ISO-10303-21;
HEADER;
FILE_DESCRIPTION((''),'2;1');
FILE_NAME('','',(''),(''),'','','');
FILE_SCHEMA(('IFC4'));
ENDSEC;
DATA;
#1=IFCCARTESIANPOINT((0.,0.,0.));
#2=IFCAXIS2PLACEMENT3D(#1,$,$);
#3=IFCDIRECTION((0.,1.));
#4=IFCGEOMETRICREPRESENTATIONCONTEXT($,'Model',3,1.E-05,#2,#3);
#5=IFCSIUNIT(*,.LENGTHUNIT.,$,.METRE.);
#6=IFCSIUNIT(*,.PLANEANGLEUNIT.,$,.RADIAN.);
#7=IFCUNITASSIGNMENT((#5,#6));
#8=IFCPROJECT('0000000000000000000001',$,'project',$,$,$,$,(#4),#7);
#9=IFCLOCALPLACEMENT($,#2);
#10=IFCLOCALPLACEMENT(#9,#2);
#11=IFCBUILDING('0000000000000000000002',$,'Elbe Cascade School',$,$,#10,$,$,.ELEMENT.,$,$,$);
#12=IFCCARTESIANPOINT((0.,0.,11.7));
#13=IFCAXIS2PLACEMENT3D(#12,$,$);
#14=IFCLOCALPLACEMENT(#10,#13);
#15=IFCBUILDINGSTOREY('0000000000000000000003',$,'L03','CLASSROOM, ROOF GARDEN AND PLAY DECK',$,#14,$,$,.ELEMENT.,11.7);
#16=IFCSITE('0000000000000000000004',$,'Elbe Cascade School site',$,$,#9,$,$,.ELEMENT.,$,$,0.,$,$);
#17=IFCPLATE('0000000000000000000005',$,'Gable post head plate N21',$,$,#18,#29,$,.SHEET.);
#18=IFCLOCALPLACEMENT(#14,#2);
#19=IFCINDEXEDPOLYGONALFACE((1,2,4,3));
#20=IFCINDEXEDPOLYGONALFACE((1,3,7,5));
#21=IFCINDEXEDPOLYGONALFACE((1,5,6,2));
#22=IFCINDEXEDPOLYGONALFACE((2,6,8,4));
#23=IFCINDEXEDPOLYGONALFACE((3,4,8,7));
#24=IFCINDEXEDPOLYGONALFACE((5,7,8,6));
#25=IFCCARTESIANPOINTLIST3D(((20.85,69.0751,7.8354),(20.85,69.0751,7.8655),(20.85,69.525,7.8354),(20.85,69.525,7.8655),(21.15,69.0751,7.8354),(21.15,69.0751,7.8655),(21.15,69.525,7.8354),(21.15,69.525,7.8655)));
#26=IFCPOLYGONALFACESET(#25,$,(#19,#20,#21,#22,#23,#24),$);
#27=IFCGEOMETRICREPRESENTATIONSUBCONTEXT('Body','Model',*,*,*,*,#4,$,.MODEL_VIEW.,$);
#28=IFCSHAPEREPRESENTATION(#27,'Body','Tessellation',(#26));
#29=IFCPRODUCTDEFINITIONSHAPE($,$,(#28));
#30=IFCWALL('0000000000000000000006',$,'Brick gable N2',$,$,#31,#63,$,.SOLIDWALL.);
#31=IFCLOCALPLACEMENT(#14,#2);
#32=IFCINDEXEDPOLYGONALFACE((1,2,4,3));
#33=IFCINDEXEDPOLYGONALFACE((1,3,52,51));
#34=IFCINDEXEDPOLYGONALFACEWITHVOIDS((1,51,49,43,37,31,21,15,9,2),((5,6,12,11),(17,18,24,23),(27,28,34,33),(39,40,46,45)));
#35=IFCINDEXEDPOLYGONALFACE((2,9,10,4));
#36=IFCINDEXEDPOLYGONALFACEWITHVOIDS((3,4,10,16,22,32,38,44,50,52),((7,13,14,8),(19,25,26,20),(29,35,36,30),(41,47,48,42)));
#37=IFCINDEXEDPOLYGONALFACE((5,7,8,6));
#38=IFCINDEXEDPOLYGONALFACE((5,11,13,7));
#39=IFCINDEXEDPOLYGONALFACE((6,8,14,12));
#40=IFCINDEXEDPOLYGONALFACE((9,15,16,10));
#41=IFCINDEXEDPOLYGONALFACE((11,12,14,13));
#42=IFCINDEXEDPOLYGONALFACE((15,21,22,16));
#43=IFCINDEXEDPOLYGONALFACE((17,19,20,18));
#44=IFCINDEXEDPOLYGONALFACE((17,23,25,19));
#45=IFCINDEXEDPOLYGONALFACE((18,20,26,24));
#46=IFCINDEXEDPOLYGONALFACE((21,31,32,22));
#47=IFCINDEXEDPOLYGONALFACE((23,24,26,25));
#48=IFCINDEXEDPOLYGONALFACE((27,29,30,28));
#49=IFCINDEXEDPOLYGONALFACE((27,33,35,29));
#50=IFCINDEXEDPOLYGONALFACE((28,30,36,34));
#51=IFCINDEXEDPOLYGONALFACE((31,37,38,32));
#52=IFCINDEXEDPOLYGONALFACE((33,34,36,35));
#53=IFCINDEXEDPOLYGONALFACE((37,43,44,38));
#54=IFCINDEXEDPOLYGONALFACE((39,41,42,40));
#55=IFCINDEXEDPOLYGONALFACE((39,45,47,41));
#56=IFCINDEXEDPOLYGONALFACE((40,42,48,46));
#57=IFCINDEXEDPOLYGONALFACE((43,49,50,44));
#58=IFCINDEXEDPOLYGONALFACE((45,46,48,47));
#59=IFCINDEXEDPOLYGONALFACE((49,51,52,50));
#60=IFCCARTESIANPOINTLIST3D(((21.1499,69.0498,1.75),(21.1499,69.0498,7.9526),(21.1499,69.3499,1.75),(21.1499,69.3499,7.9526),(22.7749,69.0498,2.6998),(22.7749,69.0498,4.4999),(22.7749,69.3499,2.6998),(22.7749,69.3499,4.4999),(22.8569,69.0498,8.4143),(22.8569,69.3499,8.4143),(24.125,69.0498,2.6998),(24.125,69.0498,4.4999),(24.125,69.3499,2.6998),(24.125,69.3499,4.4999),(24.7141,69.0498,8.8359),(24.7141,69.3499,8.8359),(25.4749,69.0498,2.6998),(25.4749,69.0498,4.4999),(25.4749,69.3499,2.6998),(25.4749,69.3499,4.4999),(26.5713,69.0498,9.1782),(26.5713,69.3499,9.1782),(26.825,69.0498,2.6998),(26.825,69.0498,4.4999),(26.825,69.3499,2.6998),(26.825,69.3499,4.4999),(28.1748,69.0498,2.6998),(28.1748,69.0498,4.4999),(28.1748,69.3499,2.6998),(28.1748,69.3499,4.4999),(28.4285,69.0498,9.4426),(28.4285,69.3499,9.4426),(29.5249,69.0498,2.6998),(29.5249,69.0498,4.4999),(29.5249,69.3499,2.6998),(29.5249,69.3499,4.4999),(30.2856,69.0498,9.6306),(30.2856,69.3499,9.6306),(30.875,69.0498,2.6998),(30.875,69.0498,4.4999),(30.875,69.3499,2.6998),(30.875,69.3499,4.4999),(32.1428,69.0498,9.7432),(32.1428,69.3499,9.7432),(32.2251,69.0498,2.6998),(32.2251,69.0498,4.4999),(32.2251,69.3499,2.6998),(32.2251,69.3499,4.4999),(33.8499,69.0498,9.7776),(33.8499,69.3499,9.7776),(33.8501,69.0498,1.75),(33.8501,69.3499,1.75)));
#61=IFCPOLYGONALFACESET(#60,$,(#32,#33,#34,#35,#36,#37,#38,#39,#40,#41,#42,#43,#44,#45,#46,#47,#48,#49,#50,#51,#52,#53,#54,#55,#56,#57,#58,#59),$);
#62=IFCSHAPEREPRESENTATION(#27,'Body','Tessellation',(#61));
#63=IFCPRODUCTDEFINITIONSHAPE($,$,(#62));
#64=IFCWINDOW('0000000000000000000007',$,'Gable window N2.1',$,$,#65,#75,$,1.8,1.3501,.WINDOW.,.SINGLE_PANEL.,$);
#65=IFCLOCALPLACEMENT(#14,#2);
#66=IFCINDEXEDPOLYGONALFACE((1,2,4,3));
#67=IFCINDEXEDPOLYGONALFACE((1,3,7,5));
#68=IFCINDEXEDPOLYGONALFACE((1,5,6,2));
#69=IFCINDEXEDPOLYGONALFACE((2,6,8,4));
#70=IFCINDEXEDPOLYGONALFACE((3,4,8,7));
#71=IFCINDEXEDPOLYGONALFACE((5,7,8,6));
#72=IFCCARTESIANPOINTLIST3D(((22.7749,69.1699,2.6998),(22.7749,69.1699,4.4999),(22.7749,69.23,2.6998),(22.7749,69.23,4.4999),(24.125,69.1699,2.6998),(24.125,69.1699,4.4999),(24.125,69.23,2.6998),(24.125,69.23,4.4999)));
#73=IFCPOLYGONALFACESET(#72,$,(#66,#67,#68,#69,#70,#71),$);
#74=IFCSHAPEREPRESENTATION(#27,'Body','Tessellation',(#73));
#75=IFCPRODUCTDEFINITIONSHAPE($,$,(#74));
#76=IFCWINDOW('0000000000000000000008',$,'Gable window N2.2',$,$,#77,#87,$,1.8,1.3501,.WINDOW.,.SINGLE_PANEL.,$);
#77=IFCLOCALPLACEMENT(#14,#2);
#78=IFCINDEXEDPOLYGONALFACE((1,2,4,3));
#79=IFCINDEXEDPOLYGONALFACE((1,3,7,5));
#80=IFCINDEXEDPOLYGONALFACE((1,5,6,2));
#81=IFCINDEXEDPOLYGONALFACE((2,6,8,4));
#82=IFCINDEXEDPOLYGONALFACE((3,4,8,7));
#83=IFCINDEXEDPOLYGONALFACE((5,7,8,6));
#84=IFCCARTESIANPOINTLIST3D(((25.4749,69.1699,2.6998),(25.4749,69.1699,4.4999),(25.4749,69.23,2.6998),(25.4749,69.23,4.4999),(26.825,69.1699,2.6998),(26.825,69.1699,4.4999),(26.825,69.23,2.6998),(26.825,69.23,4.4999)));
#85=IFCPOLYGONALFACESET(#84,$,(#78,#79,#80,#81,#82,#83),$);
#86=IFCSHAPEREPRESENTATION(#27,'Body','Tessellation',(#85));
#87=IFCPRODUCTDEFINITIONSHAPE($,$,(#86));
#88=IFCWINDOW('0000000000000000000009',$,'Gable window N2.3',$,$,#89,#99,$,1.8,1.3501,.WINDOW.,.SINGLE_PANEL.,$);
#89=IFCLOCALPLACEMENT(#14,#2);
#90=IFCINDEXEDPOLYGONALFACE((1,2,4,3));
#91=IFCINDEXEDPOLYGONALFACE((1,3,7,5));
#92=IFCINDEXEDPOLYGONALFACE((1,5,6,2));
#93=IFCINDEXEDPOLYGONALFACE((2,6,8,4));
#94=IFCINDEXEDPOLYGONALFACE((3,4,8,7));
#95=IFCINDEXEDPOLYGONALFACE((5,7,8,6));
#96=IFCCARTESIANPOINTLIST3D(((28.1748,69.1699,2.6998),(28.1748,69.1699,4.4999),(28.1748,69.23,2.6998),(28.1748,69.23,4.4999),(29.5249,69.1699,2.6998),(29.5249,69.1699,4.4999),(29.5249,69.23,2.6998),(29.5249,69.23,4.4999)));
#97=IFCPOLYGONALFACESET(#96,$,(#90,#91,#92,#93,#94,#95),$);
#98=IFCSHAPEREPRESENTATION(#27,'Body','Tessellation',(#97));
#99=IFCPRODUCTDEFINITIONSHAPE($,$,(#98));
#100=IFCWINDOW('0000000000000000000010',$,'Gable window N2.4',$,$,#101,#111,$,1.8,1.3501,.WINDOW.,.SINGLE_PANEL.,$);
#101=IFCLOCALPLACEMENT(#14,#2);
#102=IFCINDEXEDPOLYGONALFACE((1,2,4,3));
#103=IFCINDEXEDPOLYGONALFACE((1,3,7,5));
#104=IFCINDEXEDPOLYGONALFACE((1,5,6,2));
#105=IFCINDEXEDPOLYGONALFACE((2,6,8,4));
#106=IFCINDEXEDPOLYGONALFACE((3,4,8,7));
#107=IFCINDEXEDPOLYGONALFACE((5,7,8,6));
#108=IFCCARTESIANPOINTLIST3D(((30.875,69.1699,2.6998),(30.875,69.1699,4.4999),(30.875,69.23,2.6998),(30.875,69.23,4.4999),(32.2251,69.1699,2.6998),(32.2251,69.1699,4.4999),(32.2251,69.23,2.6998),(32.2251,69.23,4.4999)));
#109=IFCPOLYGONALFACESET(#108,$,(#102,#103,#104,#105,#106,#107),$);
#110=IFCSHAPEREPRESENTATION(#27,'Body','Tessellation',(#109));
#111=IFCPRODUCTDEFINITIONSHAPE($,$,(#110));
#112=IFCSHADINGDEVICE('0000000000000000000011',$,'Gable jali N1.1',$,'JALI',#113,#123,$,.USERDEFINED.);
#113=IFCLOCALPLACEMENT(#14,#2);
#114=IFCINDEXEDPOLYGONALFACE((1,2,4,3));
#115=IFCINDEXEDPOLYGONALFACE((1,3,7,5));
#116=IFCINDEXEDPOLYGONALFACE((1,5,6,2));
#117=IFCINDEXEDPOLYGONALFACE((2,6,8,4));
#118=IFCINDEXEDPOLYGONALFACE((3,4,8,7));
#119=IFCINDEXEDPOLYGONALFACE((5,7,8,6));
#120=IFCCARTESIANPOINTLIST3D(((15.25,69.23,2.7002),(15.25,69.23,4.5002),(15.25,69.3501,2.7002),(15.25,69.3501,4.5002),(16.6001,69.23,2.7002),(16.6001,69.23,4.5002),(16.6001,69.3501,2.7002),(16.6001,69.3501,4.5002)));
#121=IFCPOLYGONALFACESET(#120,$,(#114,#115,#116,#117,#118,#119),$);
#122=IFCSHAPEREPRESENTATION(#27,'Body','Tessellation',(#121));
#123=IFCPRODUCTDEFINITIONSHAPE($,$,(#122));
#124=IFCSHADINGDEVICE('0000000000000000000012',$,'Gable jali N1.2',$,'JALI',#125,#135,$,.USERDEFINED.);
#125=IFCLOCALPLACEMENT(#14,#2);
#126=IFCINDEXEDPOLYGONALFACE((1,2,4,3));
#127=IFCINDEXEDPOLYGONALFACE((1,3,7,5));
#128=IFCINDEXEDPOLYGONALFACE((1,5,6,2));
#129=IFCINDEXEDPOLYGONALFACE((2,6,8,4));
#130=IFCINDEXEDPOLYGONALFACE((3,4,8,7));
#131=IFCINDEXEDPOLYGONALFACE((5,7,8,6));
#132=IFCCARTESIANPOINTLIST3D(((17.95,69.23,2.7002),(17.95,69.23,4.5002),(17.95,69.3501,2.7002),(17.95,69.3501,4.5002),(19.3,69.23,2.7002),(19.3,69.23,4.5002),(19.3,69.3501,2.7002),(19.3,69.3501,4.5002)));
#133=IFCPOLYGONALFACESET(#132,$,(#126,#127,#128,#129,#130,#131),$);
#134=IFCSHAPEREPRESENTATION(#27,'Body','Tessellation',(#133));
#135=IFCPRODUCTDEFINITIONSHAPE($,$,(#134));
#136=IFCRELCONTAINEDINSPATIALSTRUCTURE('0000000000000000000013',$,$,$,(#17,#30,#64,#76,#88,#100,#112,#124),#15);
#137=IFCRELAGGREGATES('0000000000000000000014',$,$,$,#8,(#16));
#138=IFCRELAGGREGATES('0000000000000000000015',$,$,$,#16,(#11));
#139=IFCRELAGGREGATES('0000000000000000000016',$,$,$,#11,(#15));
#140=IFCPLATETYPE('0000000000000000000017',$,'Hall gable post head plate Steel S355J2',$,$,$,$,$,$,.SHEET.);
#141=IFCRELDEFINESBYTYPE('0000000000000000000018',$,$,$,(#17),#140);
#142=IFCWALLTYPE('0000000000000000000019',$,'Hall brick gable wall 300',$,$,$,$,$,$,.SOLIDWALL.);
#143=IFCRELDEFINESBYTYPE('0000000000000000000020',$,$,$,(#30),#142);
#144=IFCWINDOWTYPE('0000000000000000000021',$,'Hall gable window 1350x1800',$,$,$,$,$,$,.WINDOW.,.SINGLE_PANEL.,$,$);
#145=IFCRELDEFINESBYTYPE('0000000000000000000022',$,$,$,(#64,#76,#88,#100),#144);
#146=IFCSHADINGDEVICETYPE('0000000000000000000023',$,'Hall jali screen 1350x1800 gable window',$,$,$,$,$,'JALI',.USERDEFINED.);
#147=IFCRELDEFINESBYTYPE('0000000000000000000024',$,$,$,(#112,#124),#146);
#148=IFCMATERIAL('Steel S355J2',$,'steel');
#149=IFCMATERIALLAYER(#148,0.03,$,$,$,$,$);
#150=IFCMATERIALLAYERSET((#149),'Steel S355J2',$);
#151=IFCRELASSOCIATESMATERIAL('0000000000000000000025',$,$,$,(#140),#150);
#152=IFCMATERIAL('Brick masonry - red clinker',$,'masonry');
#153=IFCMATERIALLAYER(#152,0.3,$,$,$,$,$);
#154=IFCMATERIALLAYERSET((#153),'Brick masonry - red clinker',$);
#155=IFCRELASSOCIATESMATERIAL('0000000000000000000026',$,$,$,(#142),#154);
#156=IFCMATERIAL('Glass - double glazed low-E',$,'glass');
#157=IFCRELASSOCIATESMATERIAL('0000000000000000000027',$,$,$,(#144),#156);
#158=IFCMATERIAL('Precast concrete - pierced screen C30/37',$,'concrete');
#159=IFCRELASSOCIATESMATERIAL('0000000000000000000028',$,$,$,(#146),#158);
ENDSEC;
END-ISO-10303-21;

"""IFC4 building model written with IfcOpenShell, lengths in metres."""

from ifc_helpers import new_model, si_unit, direction, frame, frame_2d, origin, origin_2d, place, context, subcontext, project, spatial, polyline, rectangle, outline, extrude, material, layer, layer_set, type_object, element, fill, save


model = new_model("IFC4")

# Units and contexts
model_context = context("Model", 3, precision=1e-05, world=origin(), true_north=direction((0.0, 1.0)))
body_context = subcontext(model_context, "Body", "Model", "MODEL_VIEW")
ifc_project = project(units=[si_unit("LENGTHUNIT", "METRE"), si_unit("PLANEANGLEUNIT", "RADIAN")], contexts=[model_context])

# Site, building, storey
site_placement = place(None, origin())
site = spatial("IfcSite", under=ifc_project, at=site_placement, Name="Elbe Cascade School site", CompositionType="ELEMENT", RefElevation=0.0)
building_placement = place(site_placement, origin())
building = spatial("IfcBuilding", under=site, at=building_placement, Name="Elbe Cascade School", CompositionType="ELEMENT")
storey_placement = place(building_placement, frame((0.0, 0.0, 11.7)))
storey = spatial("IfcBuildingStorey", under=building, at=storey_placement, Name="L03", Description="CLASSROOM, ROOF GARDEN AND PLAY DECK", CompositionType="ELEMENT", Elevation=11.7)

# Plate
ifc_material_1 = material(Name="Steel S355J2", Category="steel")
ifc_layer_1 = layer(ifc_material_1, 0.03)
ifc_layer_set_1 = layer_set([ifc_layer_1], Name="Steel S355J2")
plate_type_1 = type_object("IfcPlateType", Name="Hall gable post head plate Steel S355J2", PredefinedType="SHEET", material=ifc_layer_set_1)
plate_1_placement = place(storey_placement, frame((21.0, 69.3, 7.8354), z_axis=(0.0, 0.0, 1.0), x_axis=(1.0, 0.0, 0.0)))
element("IfcPlate", 1, at=plate_1_placement, inside=storey, type_object=plate_type_1, Name="Gable post head plate N21", PredefinedType="SHEET", context=body_context, shape_type="SweptSolid", body=[
    extrude(rectangle(XDim=0.3, YDim=0.45, at=origin_2d()), origin(), (0.0, 0.0, 1.0), 0.03),
])

# Wall, openings, windows
ifc_material_2 = material(Name="Brick masonry - red clinker", Category="masonry")
ifc_layer_2 = layer(ifc_material_2, 0.3)
ifc_layer_set_2 = layer_set([ifc_layer_2], Name="Brick masonry - red clinker")
wall_type = type_object("IfcWallType", Name="Hall brick gable wall 300", PredefinedType="SOLIDWALL", material=ifc_layer_set_2)
wall_placement = place(storey_placement, frame((21.1499, 69.2, 1.75), z_axis=(0.0, 0.0, 1.0), x_axis=(1.0, 0.0, 0.0)))
wall = element("IfcWall", 2, at=wall_placement, inside=storey, type_object=wall_type, Name="Brick gable N2", PredefinedType="SOLIDWALL", context=body_context, shape_type="SweptSolid", body=[
    extrude(outline(polyline([(0.0, 0.0), (12.7002, 0.0), (12.7, 8.0276), (10.9929, 7.9932), (9.1357, 7.8806), (7.2786, 7.6926), (5.4214, 7.4282), (3.5642, 7.0859), (1.707, 6.6643), (0.0, 6.2026), (0.0, 0.0)])), frame((0.0, 0.1499, 0.0), z_axis=(0.0, -1.0, 0.0), x_axis=(1.0, 0.0, 0.0)), (0.0, 0.0, 1.0), 0.3),
])
opening_1_placement = place(wall_placement, frame((1.625, 0.0, 0.95)))
opening_1 = element("IfcOpeningElement", 3, at=opening_1_placement, cuts=wall, PredefinedType="OPENING", context=body_context, shape_type="SweptSolid", body=[
    extrude(rectangle(XDim=1.3501, YDim=1.8, at=frame_2d((0.675, 0.8999))), frame((0.0, 0.1599, 0.0), z_axis=(0.0, -1.0, 0.0), x_axis=(1.0, 0.0, 0.0)), (0.0, 0.0, 1.0), 0.3201),
])
opening_2_placement = place(wall_placement, frame((4.325, 0.0, 0.95)))
opening_2 = element("IfcOpeningElement", 4, at=opening_2_placement, cuts=wall, PredefinedType="OPENING", context=body_context, shape_type="SweptSolid", body=[
    extrude(rectangle(XDim=1.3501, YDim=1.8, at=frame_2d((0.675, 0.8999))), frame((0.0, 0.1599, 0.0), z_axis=(0.0, -1.0, 0.0), x_axis=(1.0, 0.0, 0.0)), (0.0, 0.0, 1.0), 0.3201),
])
opening_3_placement = place(wall_placement, frame((7.0249, 0.0, 0.95)))
opening_3 = element("IfcOpeningElement", 5, at=opening_3_placement, cuts=wall, PredefinedType="OPENING", context=body_context, shape_type="SweptSolid", body=[
    extrude(rectangle(XDim=1.3501, YDim=1.8, at=frame_2d((0.675, 0.8999))), frame((0.0, 0.1599, 0.0), z_axis=(0.0, -1.0, 0.0), x_axis=(1.0, 0.0, 0.0)), (0.0, 0.0, 1.0), 0.3201),
])
opening_4_placement = place(wall_placement, frame((9.7251, 0.0, 0.95)))
opening_4 = element("IfcOpeningElement", 6, at=opening_4_placement, cuts=wall, PredefinedType="OPENING", context=body_context, shape_type="SweptSolid", body=[
    extrude(rectangle(XDim=1.3501, YDim=1.8, at=frame_2d((0.675, 0.8999))), frame((0.0, 0.1599, 0.0), z_axis=(0.0, -1.0, 0.0), x_axis=(1.0, 0.0, 0.0)), (0.0, 0.0, 1.0), 0.3201),
])
ifc_material_3 = material(Name="Glass - double glazed low-E", Category="glass")
window_type = type_object("IfcWindowType", Name="Hall gable window 1350x1800", PartitioningType="SINGLE_PANEL", PredefinedType="WINDOW", material=ifc_material_3)
window_1_placement = place(opening_1_placement, origin())
window_1 = element("IfcWindow", 7, at=window_1_placement, inside=storey, type_object=window_type, Name="Gable window N2.1", OverallHeight=1.8, OverallWidth=1.3501, PartitioningType="SINGLE_PANEL", PredefinedType="WINDOW", context=body_context, shape_type="SweptSolid", body=[
    extrude(rectangle(XDim=1.3501, YDim=1.8, at=frame_2d((0.675, 0.8999))), frame((0.0, 0.03, 0.0), z_axis=(0.0, -1.0, 0.0), x_axis=(1.0, 0.0, 0.0)), (0.0, 0.0, 1.0), 0.0601),
])
fill(opening_1, window_1)
window_2_placement = place(opening_2_placement, origin())
window_2 = element("IfcWindow", 8, at=window_2_placement, inside=storey, type_object=window_type, Name="Gable window N2.2", OverallHeight=1.8, OverallWidth=1.3501, PartitioningType="SINGLE_PANEL", PredefinedType="WINDOW", context=body_context, shape_type="SweptSolid", body=[
    extrude(rectangle(XDim=1.3501, YDim=1.8, at=frame_2d((0.675, 0.8999))), frame((0.0, 0.03, 0.0), z_axis=(0.0, -1.0, 0.0), x_axis=(1.0, 0.0, 0.0)), (0.0, 0.0, 1.0), 0.0601),
])
fill(opening_2, window_2)
window_3_placement = place(opening_3_placement, origin())
window_3 = element("IfcWindow", 9, at=window_3_placement, inside=storey, type_object=window_type, Name="Gable window N2.3", OverallHeight=1.8, OverallWidth=1.3501, PartitioningType="SINGLE_PANEL", PredefinedType="WINDOW", context=body_context, shape_type="SweptSolid", body=[
    extrude(rectangle(XDim=1.3501, YDim=1.8, at=frame_2d((0.675, 0.8999))), frame((0.0, 0.03, 0.0), z_axis=(0.0, -1.0, 0.0), x_axis=(1.0, 0.0, 0.0)), (0.0, 0.0, 1.0), 0.0601),
])
fill(opening_3, window_3)
window_4_placement = place(opening_4_placement, origin())
window_4 = element("IfcWindow", 10, at=window_4_placement, inside=storey, type_object=window_type, Name="Gable window N2.4", OverallHeight=1.8, OverallWidth=1.3501, PartitioningType="SINGLE_PANEL", PredefinedType="WINDOW", context=body_context, shape_type="SweptSolid", body=[
    extrude(rectangle(XDim=1.3501, YDim=1.8, at=frame_2d((0.675, 0.8999))), frame((0.0, 0.03, 0.0), z_axis=(0.0, -1.0, 0.0), x_axis=(1.0, 0.0, 0.0)), (0.0, 0.0, 1.0), 0.0601),
])
fill(opening_4, window_4)

# Shading devices
ifc_material_4 = material(Name="Precast concrete - pierced screen C30/37", Category="concrete")
shading_device_type = type_object("IfcShadingDeviceType", Name="Hall jali screen 1350x1800 gable window", ElementType="JALI", PredefinedType="USERDEFINED", material=ifc_material_4)
for number, where, z_axis, x_axis, name in (
    (11, (15.925, 69.29, 2.7002), (0.0, 0.0, 1.0), (1.0, 0.0, 0.0), "Gable jali N1.1"),
    (12, (18.625, 69.29, 2.7002), (0.0, 0.0, 1.0), (1.0, 0.0, 0.0), "Gable jali N1.2"),
):
    element("IfcShadingDevice", number, at=place(storey_placement, frame(where, z_axis=z_axis, x_axis=x_axis)), inside=storey, type_object=shading_device_type, Name=name, ObjectType="JALI", PredefinedType="USERDEFINED", context=body_context, shape_type="SweptSolid", body=[
        extrude(rectangle(XDim=1.3501, YDim=0.1201, at=origin_2d()), origin(), (0.0, 0.0, 1.0), 1.8),
    ])

save(model, "model.ifc")
